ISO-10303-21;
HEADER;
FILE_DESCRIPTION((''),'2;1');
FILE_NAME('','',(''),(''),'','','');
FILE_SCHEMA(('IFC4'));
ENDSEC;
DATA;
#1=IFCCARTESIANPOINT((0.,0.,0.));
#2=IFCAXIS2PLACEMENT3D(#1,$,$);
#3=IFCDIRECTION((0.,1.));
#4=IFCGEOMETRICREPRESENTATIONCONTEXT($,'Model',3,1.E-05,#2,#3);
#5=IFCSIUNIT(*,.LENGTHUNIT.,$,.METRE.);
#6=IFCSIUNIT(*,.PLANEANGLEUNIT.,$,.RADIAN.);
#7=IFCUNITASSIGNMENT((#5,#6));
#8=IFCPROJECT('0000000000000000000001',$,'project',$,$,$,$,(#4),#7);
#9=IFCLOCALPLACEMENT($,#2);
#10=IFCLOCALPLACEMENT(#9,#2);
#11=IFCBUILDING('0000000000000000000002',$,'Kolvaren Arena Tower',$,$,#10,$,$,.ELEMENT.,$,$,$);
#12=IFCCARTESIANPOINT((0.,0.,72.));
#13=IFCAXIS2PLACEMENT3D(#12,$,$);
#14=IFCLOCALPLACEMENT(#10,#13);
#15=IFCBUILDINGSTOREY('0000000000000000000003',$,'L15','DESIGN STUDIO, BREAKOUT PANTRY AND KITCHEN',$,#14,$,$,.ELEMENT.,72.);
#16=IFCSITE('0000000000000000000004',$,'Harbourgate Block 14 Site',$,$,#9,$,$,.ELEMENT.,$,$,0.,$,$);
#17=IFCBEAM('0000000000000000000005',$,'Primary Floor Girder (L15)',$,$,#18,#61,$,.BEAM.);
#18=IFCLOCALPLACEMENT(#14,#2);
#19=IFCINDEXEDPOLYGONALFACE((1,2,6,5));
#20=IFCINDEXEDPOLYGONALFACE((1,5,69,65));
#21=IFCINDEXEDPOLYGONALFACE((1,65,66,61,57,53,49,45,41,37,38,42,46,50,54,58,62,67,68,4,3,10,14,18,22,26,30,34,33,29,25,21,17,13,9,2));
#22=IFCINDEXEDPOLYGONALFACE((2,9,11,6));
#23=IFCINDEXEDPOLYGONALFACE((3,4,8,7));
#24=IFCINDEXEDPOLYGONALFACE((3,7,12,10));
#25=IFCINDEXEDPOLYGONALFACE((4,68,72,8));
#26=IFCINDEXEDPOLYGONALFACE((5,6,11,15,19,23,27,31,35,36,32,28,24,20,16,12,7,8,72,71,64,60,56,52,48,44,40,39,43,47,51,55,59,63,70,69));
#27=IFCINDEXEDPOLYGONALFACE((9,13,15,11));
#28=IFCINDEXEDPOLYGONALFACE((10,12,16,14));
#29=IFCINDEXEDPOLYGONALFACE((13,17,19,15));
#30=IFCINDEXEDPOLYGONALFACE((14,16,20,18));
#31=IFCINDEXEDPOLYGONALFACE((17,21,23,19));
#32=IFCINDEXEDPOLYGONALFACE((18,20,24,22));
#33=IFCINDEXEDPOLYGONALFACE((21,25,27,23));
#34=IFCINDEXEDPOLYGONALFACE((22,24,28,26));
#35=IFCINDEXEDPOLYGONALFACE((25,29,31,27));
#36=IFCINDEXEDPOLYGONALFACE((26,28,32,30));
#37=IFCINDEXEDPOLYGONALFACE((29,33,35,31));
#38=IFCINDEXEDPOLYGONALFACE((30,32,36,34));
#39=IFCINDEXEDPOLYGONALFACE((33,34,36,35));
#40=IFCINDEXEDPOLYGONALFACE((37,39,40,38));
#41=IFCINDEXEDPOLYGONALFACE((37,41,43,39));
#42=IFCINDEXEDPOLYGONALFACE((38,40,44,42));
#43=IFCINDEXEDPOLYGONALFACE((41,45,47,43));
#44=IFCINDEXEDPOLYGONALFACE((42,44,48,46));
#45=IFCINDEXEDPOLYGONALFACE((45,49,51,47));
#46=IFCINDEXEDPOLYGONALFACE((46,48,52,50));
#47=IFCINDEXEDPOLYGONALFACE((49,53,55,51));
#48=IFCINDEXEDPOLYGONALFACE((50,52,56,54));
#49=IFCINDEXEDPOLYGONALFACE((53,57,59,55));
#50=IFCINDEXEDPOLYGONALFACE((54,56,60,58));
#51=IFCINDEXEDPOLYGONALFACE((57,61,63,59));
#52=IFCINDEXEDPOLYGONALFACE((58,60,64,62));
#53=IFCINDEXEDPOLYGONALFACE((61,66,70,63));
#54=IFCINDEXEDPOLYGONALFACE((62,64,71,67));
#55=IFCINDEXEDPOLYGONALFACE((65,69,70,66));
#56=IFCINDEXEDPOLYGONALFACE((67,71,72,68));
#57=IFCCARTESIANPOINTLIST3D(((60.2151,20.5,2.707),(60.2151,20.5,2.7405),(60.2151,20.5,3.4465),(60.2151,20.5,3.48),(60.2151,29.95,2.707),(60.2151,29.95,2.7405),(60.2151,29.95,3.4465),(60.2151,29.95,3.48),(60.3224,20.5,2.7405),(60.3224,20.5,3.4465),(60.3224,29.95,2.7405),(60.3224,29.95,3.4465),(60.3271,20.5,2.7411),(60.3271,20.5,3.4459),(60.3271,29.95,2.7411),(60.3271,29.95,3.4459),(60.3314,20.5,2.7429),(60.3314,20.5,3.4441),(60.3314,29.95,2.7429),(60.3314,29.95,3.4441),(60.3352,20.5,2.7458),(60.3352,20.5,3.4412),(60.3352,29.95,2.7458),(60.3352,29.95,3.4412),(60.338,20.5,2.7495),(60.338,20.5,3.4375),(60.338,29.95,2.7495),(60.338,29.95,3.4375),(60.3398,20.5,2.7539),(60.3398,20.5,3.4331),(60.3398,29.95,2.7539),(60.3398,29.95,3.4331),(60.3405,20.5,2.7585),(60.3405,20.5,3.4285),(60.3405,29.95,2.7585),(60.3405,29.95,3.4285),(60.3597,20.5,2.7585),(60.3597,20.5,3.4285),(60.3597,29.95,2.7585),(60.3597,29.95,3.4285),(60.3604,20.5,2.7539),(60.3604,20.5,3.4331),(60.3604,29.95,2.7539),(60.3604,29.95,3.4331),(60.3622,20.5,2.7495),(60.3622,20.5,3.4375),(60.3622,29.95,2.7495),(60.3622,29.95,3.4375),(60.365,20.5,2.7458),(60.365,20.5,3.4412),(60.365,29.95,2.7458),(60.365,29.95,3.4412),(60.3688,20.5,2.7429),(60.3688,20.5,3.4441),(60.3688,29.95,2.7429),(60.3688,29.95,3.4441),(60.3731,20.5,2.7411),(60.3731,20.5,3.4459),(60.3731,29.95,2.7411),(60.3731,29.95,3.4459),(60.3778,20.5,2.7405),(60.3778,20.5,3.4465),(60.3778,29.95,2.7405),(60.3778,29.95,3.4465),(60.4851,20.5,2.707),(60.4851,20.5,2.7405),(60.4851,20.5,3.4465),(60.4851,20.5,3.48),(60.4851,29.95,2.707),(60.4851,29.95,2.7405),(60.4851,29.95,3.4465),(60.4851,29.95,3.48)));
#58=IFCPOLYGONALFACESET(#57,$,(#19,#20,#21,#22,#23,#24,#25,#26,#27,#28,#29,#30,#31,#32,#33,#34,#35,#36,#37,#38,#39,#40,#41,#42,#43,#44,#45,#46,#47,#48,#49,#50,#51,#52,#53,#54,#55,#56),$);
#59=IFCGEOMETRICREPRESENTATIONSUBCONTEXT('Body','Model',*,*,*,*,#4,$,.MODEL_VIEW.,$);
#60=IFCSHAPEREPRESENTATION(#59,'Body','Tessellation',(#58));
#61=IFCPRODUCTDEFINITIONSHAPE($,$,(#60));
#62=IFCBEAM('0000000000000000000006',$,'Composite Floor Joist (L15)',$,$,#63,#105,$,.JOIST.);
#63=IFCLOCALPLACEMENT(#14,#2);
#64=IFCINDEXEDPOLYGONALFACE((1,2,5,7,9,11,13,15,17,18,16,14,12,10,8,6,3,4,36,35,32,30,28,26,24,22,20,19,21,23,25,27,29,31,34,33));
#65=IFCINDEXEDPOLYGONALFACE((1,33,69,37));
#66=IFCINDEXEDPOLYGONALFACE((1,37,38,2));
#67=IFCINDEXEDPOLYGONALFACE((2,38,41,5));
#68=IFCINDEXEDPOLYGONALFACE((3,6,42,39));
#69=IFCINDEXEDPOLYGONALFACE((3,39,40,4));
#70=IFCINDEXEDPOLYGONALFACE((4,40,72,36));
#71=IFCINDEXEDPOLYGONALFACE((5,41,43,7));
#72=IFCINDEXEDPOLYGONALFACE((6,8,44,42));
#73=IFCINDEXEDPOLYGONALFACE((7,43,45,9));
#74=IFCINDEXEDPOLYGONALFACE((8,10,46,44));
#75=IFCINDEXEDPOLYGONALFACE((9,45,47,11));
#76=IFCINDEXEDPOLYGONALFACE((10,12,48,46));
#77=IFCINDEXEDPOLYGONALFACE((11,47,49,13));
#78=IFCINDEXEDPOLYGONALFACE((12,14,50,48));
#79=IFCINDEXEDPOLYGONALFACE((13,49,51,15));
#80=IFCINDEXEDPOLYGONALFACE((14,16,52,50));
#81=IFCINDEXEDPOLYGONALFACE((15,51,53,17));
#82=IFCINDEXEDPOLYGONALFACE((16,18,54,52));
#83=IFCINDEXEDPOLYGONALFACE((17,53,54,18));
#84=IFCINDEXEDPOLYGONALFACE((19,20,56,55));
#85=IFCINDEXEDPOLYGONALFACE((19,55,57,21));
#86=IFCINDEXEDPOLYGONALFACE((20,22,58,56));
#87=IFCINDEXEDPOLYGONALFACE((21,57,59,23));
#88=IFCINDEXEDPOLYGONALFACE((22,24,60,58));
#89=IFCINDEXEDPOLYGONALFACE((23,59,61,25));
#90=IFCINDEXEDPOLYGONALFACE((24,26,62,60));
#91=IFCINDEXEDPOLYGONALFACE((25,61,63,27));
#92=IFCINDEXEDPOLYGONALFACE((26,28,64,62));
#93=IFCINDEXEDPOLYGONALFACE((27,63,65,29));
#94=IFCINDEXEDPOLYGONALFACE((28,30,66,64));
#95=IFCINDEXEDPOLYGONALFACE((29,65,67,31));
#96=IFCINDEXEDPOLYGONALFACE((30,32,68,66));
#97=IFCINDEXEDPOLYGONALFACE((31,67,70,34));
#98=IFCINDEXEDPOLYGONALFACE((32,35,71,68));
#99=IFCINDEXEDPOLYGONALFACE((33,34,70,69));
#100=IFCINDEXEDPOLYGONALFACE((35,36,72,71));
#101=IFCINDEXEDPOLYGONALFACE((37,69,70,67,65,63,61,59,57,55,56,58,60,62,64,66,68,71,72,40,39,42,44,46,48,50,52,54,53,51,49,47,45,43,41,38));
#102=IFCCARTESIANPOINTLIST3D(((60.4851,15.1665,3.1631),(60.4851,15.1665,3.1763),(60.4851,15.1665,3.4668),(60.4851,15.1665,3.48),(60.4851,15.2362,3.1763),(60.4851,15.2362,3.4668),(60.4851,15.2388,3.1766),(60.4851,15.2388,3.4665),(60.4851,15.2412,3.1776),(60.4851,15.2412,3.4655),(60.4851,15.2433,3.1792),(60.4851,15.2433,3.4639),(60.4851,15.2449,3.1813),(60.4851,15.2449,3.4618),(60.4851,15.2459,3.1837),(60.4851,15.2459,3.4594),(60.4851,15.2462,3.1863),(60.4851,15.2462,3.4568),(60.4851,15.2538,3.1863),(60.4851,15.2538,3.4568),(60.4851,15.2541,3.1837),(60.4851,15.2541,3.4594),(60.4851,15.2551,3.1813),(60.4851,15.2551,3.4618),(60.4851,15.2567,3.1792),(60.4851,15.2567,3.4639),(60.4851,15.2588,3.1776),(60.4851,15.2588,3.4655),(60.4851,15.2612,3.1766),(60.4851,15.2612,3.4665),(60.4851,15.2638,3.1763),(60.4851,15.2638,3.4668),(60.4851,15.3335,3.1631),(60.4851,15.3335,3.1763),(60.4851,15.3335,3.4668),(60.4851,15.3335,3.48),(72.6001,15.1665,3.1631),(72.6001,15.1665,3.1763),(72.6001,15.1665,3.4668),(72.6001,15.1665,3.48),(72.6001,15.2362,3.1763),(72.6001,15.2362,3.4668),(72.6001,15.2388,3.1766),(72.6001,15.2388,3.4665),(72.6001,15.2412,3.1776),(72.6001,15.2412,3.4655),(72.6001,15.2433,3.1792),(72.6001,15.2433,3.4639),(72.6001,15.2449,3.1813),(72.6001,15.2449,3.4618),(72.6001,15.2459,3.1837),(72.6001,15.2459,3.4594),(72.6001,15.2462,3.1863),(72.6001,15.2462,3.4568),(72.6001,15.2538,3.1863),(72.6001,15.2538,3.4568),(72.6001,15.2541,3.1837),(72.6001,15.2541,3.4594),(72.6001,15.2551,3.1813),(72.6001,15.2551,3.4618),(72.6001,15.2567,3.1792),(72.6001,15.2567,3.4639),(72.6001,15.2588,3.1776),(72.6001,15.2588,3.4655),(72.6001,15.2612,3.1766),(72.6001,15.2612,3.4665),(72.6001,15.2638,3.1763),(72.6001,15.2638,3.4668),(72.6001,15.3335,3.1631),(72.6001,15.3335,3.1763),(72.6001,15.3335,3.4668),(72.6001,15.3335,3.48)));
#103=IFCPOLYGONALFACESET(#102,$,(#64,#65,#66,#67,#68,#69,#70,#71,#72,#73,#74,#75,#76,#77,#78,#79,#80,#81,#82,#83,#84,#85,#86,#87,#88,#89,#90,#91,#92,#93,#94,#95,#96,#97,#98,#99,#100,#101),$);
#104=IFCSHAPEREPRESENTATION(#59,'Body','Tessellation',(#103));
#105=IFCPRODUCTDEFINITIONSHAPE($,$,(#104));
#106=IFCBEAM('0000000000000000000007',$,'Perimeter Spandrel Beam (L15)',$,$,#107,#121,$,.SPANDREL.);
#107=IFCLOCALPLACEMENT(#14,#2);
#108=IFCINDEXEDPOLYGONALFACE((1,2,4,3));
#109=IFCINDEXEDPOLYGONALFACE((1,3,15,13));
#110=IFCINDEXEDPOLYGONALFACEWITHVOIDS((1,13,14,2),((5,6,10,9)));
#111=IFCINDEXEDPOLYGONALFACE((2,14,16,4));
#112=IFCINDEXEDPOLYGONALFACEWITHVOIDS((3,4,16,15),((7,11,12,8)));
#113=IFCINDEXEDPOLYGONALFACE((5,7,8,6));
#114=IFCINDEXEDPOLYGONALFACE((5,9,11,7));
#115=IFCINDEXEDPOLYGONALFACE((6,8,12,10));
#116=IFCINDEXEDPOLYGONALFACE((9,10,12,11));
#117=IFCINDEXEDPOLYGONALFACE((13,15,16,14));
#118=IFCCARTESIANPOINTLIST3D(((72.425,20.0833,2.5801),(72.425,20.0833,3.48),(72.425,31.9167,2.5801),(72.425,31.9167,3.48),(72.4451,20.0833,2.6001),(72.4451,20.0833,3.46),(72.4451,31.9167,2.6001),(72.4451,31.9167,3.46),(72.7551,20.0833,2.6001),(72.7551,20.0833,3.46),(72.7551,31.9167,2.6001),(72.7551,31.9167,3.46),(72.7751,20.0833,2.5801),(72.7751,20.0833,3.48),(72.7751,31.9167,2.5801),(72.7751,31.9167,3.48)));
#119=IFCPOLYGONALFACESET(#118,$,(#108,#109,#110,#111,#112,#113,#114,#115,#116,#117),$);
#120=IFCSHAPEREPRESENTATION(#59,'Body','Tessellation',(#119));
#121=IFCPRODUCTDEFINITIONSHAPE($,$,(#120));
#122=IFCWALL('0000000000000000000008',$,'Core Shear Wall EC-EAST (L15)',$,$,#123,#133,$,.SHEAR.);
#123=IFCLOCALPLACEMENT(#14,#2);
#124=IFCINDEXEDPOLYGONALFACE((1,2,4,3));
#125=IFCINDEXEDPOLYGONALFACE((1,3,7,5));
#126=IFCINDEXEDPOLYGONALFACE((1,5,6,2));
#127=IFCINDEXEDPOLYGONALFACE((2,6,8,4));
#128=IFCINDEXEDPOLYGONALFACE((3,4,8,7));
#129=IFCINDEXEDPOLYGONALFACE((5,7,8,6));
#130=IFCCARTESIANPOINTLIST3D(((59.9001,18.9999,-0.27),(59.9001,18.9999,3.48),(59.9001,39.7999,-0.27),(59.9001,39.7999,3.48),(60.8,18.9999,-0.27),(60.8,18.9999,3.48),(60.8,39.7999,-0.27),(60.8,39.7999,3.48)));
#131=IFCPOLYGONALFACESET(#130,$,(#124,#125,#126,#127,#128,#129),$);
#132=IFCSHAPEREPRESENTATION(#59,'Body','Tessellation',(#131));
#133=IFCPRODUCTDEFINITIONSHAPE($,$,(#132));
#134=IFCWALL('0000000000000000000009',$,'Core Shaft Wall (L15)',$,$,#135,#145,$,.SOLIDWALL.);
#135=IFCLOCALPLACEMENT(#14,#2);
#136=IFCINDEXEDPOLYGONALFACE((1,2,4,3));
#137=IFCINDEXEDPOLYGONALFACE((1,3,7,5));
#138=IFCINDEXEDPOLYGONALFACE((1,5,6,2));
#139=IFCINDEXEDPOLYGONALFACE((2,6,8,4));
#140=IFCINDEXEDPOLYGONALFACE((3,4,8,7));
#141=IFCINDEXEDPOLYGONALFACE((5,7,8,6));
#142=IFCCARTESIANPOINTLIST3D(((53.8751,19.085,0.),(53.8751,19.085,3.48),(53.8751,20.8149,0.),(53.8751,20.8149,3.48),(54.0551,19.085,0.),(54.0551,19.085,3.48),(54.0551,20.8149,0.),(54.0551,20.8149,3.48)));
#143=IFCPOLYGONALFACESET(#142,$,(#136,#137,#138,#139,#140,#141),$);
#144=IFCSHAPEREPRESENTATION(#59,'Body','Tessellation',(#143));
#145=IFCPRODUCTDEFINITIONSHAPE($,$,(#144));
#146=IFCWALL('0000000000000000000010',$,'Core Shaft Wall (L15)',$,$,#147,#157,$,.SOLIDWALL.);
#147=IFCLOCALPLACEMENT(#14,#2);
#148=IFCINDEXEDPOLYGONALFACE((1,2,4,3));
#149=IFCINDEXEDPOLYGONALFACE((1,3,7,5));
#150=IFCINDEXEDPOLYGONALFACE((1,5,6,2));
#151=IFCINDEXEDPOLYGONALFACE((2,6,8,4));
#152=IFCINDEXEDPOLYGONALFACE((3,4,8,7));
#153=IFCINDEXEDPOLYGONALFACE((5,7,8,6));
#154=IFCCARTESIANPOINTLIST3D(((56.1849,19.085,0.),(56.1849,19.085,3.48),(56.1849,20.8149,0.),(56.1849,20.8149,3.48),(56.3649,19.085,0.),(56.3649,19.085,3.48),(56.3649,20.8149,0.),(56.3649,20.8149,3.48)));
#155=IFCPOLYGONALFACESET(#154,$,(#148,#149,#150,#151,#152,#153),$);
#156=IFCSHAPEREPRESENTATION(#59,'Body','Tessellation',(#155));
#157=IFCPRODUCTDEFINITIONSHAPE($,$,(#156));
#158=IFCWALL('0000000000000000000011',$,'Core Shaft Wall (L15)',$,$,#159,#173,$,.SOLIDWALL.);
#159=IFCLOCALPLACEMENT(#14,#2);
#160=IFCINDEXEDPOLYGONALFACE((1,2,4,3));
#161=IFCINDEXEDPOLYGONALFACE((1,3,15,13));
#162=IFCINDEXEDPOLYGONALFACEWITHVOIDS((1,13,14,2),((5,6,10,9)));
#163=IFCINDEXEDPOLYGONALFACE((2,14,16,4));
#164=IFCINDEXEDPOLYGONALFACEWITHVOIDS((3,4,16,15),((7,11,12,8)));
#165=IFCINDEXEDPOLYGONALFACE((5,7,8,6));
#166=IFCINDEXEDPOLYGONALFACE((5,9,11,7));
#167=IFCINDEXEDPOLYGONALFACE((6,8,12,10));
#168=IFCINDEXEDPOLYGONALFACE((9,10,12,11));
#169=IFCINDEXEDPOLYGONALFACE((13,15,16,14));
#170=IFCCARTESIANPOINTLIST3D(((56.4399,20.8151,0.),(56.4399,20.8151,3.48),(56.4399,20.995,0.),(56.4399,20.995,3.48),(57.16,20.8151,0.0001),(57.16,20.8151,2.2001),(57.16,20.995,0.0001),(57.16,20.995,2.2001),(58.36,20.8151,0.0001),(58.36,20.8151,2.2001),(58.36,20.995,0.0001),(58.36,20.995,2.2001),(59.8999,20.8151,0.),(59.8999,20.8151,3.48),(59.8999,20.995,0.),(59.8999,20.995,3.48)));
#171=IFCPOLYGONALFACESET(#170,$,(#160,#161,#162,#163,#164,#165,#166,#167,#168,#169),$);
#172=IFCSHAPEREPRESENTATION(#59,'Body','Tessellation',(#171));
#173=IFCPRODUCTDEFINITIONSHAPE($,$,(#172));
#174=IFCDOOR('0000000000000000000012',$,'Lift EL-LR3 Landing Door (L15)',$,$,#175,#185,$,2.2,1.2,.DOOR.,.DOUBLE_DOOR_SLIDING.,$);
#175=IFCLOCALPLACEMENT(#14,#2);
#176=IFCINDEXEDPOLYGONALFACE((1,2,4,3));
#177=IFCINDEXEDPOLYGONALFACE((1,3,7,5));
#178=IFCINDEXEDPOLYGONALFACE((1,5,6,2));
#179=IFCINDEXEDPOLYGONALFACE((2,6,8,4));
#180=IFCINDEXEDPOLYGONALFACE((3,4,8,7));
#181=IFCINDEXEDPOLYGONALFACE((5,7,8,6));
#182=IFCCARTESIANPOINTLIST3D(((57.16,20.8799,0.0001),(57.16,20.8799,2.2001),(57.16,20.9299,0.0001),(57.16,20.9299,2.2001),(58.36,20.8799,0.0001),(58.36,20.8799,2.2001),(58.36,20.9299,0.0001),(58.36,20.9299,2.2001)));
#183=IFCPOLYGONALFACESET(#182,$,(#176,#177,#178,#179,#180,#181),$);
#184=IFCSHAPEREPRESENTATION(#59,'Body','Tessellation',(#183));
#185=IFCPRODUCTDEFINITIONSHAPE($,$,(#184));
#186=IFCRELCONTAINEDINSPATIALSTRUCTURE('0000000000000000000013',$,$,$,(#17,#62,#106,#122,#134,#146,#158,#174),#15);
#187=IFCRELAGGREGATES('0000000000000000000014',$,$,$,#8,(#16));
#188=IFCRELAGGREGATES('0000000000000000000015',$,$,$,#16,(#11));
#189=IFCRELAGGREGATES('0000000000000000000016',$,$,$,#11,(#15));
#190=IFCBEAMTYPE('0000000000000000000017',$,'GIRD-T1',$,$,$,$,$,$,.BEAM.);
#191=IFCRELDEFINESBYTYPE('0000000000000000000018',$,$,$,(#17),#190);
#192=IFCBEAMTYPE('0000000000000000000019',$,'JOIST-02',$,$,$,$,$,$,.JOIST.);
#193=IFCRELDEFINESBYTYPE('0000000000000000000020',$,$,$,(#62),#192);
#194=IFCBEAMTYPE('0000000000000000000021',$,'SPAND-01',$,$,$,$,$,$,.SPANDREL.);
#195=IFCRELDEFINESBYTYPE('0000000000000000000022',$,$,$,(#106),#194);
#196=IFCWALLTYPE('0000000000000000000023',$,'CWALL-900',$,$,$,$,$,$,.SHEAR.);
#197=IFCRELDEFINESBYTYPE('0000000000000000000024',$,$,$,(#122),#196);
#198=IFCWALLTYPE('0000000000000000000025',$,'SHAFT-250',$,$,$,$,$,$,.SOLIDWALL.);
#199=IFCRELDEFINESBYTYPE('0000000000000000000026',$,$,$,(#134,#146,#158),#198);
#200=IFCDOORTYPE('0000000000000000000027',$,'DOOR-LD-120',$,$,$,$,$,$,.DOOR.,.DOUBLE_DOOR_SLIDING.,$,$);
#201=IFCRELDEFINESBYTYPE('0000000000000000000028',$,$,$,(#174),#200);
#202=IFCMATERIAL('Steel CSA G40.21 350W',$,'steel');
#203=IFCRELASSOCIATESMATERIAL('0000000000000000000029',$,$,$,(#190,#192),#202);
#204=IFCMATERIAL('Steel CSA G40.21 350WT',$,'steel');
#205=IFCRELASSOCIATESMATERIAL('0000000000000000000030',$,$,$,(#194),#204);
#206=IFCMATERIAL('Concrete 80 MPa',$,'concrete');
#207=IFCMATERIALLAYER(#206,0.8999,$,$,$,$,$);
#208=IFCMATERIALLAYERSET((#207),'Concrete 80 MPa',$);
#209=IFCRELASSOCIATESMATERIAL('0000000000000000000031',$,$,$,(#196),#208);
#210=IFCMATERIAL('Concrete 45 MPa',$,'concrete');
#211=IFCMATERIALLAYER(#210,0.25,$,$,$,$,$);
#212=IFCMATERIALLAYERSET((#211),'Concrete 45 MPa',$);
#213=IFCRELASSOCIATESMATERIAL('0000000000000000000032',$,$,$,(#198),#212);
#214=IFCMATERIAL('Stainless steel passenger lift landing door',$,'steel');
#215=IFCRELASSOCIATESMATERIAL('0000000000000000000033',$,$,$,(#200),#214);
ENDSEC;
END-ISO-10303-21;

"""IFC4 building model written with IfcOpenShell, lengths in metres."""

from ifc_helpers import new_model, si_unit, direction, frame, frame_2d, origin, origin_2d, place, context, subcontext, project, spatial, rectangle, hollow_rectangle, i_section, extrude, material, layer, layer_set, material_profile, profile_set, type_object, element, fill, save


model = new_model("IFC4")

# Units and contexts
model_context = context("Model", 3, precision=1e-05, world=origin(), true_north=direction((0.0, 1.0)))
body_context = subcontext(model_context, "Body", "Model", "MODEL_VIEW")
ifc_project = project(units=[si_unit("LENGTHUNIT", "METRE"), si_unit("PLANEANGLEUNIT", "RADIAN")], contexts=[model_context])

# Site, building, storey
site_placement = place(None, origin())
site = spatial("IfcSite", under=ifc_project, at=site_placement, Name="Harbourgate Block 14 Site", CompositionType="ELEMENT", RefElevation=0.0)
building_placement = place(site_placement, origin())
building = spatial("IfcBuilding", under=site, at=building_placement, Name="Kolvaren Arena Tower", CompositionType="ELEMENT")
storey_placement = place(building_placement, frame((0.0, 0.0, 72.0)))
storey = spatial("IfcBuildingStorey", under=building, at=storey_placement, Name="L15", Description="DESIGN STUDIO, BREAKOUT PANTRY AND KITCHEN", CompositionType="ELEMENT", Elevation=72.0)

# Beams
ifc_material_1 = material(Name="Steel CSA G40.21 350W", Category="steel")
ifc_material_profile_1 = material_profile(ifc_material_1, i_section(OverallWidth=0.27, OverallDepth=0.7729, WebThickness=0.0193, FlangeThickness=0.0334, FilletRadius=0.0181, at=origin_2d()), Name="W760x257")
ifc_profile_set_1 = profile_set([ifc_material_profile_1], Name="Steel CSA G40.21 350W")
beam_type_1 = type_object("IfcBeamType", Name="GIRD-T1", PredefinedType="BEAM", material=ifc_profile_set_1)
beam_1_placement = place(storey_placement, frame((60.3501, 20.5, 3.0935), z_axis=(0.0, 1.0, 0.0), x_axis=(-1.0, 0.0, 0.0)))
element("IfcBeam", 1, at=beam_1_placement, inside=storey, type_object=beam_type_1, Name="Primary Floor Girder (L15)", PredefinedType="BEAM", context=body_context, shape_type="SweptSolid", body=[
    extrude(i_section(OverallWidth=0.27, OverallDepth=0.7729, WebThickness=0.0193, FlangeThickness=0.0334, FilletRadius=0.0181, at=origin_2d()), origin(), (0.0, 0.0, 1.0), 9.45),
])
ifc_material_profile_2 = material_profile(ifc_material_1, i_section(OverallWidth=0.167, OverallDepth=0.3169, WebThickness=0.0076, FlangeThickness=0.0132, FilletRadius=0.01, at=origin_2d()), Name="W310x52")
ifc_profile_set_2 = profile_set([ifc_material_profile_2], Name="Steel CSA G40.21 350W")
beam_type_2 = type_object("IfcBeamType", Name="JOIST-02", PredefinedType="JOIST", material=ifc_profile_set_2)
beam_2_placement = place(storey_placement, frame((60.4851, 15.25, 3.3215), z_axis=(1.0, 0.0, 0.0), x_axis=(0.0, 1.0, 0.0)))
element("IfcBeam", 2, at=beam_2_placement, inside=storey, type_object=beam_type_2, Name="Composite Floor Joist (L15)", PredefinedType="JOIST", context=body_context, shape_type="SweptSolid", body=[
    extrude(i_section(OverallWidth=0.167, OverallDepth=0.3169, WebThickness=0.0076, FlangeThickness=0.0132, FilletRadius=0.01, at=origin_2d()), origin(), (0.0, 0.0, 1.0), 12.115),
])
ifc_material_2 = material(Name="Steel CSA G40.21 350WT", Category="steel")
ifc_material_profile_3 = material_profile(ifc_material_2, hollow_rectangle(XDim=0.3501, YDim=0.8999, WallThickness=0.02, at=origin_2d()), Name="HSS 900x350x20")
ifc_profile_set_3 = profile_set([ifc_material_profile_3], Name="Steel CSA G40.21 350WT")
beam_type_3 = type_object("IfcBeamType", Name="SPAND-01", PredefinedType="SPANDREL", material=ifc_profile_set_3)
beam_3_placement = place(storey_placement, frame((72.6001, 20.0833, 3.03), z_axis=(0.0, 1.0, 0.0), x_axis=(-1.0, 0.0, 0.0)))
element("IfcBeam", 3, at=beam_3_placement, inside=storey, type_object=beam_type_3, Name="Perimeter Spandrel Beam (L15)", PredefinedType="SPANDREL", context=body_context, shape_type="SweptSolid", body=[
    extrude(hollow_rectangle(XDim=0.3501, YDim=0.8999, WallThickness=0.02, at=origin_2d()), origin(), (0.0, 0.0, 1.0), 11.8335),
])

# Walls
ifc_material_3 = material(Name="Concrete 80 MPa", Category="concrete")
ifc_layer_1 = layer(ifc_material_3, 0.8999)
ifc_layer_set_1 = layer_set([ifc_layer_1], Name="Concrete 80 MPa")
wall_type_1 = type_object("IfcWallType", Name="CWALL-900", PredefinedType="SHEAR", material=ifc_layer_set_1)
wall_1_placement = place(storey_placement, frame((60.3501, 19.0, -0.27), z_axis=(0.0, 0.0, 1.0), x_axis=(0.0, 1.0, 0.0)))
element("IfcWall", 4, at=wall_1_placement, inside=storey, type_object=wall_type_1, Name="Core Shear Wall EC-EAST (L15)", PredefinedType="SHEAR", context=body_context, shape_type="SweptSolid", body=[
    extrude(rectangle(XDim=20.8, YDim=0.8999, at=frame_2d((10.3999, 0.0))), origin(), (0.0, 0.0, 1.0), 3.75),
])
ifc_material_4 = material(Name="Concrete 45 MPa", Category="concrete")
ifc_layer_2 = layer(ifc_material_4, 0.25)
ifc_layer_set_2 = layer_set([ifc_layer_2], Name="Concrete 45 MPa")
wall_type_2 = type_object("IfcWallType", Name="SHAFT-250", PredefinedType="SOLIDWALL", material=ifc_layer_set_2)
for number, where, z_axis, x_axis, name in (
    (5, (53.9651, 19.085, 0.0), (0.0, 0.0, 1.0), (0.0, 1.0, 0.0), "Core Shaft Wall (L15)"),
    (6, (56.2749, 19.085, 0.0), (0.0, 0.0, 1.0), (0.0, 1.0, 0.0), "Core Shaft Wall (L15)"),
):
    element("IfcWall", number, at=place(storey_placement, frame(where, z_axis=z_axis, x_axis=x_axis)), inside=storey, type_object=wall_type_2, Name=name, PredefinedType="SOLIDWALL", context=body_context, shape_type="SweptSolid", body=[
        extrude(rectangle(XDim=1.73, YDim=0.1799, at=frame_2d((0.865, 0.0))), origin(), (0.0, 0.0, 1.0), 3.48),
    ])

# Wall, opening, door
wall_2_placement = place(storey_placement, frame((56.4399, 20.905, 0.0), z_axis=(0.0, 0.0, 1.0), x_axis=(1.0, 0.0, 0.0)))
wall_2 = element("IfcWall", 7, at=wall_2_placement, inside=storey, type_object=wall_type_2, Name="Core Shaft Wall (L15)", PredefinedType="SOLIDWALL", context=body_context, shape_type="SweptSolid", body=[
    extrude(rectangle(XDim=3.46, YDim=0.1799, at=frame_2d((1.73, 0.0))), origin(), (0.0, 0.0, 1.0), 3.48),
])
opening_placement = place(wall_2_placement, frame((0.72, 0.0, 0.0)))
opening = element("IfcOpeningElement", 8, at=opening_placement, cuts=wall_2, PredefinedType="OPENING", context=body_context, shape_type="SweptSolid", body=[
    extrude(rectangle(XDim=1.2, YDim=2.2, at=frame_2d((0.6001, 1.1001))), frame((0.0, 0.0999, 0.0), z_axis=(0.0, -1.0, 0.0), x_axis=(1.0, 0.0, 0.0)), (0.0, 0.0, 1.0), 0.2),
])
ifc_material_5 = material(Name="Stainless steel passenger lift landing door", Category="steel")
door_type = type_object("IfcDoorType", Name="DOOR-LD-120", OperationType="DOUBLE_DOOR_SLIDING", PredefinedType="DOOR", material=ifc_material_5)
door_placement = place(opening_placement, origin())
door = element("IfcDoor", 9, at=door_placement, inside=storey, type_object=door_type, Name="Lift EL-LR3 Landing Door (L15)", OperationType="DOUBLE_DOOR_SLIDING", OverallHeight=2.2, OverallWidth=1.2, PredefinedType="DOOR", context=body_context, shape_type="SweptSolid", body=[
    extrude(rectangle(XDim=1.2, YDim=2.2, at=frame_2d((0.6001, 1.1001))), frame((0.0, 0.0249, 0.0), z_axis=(0.0, -1.0, 0.0), x_axis=(1.0, 0.0, 0.0)), (0.0, 0.0, 1.0), 0.05),
])
fill(opening, door)

save(model, "model.ifc")
